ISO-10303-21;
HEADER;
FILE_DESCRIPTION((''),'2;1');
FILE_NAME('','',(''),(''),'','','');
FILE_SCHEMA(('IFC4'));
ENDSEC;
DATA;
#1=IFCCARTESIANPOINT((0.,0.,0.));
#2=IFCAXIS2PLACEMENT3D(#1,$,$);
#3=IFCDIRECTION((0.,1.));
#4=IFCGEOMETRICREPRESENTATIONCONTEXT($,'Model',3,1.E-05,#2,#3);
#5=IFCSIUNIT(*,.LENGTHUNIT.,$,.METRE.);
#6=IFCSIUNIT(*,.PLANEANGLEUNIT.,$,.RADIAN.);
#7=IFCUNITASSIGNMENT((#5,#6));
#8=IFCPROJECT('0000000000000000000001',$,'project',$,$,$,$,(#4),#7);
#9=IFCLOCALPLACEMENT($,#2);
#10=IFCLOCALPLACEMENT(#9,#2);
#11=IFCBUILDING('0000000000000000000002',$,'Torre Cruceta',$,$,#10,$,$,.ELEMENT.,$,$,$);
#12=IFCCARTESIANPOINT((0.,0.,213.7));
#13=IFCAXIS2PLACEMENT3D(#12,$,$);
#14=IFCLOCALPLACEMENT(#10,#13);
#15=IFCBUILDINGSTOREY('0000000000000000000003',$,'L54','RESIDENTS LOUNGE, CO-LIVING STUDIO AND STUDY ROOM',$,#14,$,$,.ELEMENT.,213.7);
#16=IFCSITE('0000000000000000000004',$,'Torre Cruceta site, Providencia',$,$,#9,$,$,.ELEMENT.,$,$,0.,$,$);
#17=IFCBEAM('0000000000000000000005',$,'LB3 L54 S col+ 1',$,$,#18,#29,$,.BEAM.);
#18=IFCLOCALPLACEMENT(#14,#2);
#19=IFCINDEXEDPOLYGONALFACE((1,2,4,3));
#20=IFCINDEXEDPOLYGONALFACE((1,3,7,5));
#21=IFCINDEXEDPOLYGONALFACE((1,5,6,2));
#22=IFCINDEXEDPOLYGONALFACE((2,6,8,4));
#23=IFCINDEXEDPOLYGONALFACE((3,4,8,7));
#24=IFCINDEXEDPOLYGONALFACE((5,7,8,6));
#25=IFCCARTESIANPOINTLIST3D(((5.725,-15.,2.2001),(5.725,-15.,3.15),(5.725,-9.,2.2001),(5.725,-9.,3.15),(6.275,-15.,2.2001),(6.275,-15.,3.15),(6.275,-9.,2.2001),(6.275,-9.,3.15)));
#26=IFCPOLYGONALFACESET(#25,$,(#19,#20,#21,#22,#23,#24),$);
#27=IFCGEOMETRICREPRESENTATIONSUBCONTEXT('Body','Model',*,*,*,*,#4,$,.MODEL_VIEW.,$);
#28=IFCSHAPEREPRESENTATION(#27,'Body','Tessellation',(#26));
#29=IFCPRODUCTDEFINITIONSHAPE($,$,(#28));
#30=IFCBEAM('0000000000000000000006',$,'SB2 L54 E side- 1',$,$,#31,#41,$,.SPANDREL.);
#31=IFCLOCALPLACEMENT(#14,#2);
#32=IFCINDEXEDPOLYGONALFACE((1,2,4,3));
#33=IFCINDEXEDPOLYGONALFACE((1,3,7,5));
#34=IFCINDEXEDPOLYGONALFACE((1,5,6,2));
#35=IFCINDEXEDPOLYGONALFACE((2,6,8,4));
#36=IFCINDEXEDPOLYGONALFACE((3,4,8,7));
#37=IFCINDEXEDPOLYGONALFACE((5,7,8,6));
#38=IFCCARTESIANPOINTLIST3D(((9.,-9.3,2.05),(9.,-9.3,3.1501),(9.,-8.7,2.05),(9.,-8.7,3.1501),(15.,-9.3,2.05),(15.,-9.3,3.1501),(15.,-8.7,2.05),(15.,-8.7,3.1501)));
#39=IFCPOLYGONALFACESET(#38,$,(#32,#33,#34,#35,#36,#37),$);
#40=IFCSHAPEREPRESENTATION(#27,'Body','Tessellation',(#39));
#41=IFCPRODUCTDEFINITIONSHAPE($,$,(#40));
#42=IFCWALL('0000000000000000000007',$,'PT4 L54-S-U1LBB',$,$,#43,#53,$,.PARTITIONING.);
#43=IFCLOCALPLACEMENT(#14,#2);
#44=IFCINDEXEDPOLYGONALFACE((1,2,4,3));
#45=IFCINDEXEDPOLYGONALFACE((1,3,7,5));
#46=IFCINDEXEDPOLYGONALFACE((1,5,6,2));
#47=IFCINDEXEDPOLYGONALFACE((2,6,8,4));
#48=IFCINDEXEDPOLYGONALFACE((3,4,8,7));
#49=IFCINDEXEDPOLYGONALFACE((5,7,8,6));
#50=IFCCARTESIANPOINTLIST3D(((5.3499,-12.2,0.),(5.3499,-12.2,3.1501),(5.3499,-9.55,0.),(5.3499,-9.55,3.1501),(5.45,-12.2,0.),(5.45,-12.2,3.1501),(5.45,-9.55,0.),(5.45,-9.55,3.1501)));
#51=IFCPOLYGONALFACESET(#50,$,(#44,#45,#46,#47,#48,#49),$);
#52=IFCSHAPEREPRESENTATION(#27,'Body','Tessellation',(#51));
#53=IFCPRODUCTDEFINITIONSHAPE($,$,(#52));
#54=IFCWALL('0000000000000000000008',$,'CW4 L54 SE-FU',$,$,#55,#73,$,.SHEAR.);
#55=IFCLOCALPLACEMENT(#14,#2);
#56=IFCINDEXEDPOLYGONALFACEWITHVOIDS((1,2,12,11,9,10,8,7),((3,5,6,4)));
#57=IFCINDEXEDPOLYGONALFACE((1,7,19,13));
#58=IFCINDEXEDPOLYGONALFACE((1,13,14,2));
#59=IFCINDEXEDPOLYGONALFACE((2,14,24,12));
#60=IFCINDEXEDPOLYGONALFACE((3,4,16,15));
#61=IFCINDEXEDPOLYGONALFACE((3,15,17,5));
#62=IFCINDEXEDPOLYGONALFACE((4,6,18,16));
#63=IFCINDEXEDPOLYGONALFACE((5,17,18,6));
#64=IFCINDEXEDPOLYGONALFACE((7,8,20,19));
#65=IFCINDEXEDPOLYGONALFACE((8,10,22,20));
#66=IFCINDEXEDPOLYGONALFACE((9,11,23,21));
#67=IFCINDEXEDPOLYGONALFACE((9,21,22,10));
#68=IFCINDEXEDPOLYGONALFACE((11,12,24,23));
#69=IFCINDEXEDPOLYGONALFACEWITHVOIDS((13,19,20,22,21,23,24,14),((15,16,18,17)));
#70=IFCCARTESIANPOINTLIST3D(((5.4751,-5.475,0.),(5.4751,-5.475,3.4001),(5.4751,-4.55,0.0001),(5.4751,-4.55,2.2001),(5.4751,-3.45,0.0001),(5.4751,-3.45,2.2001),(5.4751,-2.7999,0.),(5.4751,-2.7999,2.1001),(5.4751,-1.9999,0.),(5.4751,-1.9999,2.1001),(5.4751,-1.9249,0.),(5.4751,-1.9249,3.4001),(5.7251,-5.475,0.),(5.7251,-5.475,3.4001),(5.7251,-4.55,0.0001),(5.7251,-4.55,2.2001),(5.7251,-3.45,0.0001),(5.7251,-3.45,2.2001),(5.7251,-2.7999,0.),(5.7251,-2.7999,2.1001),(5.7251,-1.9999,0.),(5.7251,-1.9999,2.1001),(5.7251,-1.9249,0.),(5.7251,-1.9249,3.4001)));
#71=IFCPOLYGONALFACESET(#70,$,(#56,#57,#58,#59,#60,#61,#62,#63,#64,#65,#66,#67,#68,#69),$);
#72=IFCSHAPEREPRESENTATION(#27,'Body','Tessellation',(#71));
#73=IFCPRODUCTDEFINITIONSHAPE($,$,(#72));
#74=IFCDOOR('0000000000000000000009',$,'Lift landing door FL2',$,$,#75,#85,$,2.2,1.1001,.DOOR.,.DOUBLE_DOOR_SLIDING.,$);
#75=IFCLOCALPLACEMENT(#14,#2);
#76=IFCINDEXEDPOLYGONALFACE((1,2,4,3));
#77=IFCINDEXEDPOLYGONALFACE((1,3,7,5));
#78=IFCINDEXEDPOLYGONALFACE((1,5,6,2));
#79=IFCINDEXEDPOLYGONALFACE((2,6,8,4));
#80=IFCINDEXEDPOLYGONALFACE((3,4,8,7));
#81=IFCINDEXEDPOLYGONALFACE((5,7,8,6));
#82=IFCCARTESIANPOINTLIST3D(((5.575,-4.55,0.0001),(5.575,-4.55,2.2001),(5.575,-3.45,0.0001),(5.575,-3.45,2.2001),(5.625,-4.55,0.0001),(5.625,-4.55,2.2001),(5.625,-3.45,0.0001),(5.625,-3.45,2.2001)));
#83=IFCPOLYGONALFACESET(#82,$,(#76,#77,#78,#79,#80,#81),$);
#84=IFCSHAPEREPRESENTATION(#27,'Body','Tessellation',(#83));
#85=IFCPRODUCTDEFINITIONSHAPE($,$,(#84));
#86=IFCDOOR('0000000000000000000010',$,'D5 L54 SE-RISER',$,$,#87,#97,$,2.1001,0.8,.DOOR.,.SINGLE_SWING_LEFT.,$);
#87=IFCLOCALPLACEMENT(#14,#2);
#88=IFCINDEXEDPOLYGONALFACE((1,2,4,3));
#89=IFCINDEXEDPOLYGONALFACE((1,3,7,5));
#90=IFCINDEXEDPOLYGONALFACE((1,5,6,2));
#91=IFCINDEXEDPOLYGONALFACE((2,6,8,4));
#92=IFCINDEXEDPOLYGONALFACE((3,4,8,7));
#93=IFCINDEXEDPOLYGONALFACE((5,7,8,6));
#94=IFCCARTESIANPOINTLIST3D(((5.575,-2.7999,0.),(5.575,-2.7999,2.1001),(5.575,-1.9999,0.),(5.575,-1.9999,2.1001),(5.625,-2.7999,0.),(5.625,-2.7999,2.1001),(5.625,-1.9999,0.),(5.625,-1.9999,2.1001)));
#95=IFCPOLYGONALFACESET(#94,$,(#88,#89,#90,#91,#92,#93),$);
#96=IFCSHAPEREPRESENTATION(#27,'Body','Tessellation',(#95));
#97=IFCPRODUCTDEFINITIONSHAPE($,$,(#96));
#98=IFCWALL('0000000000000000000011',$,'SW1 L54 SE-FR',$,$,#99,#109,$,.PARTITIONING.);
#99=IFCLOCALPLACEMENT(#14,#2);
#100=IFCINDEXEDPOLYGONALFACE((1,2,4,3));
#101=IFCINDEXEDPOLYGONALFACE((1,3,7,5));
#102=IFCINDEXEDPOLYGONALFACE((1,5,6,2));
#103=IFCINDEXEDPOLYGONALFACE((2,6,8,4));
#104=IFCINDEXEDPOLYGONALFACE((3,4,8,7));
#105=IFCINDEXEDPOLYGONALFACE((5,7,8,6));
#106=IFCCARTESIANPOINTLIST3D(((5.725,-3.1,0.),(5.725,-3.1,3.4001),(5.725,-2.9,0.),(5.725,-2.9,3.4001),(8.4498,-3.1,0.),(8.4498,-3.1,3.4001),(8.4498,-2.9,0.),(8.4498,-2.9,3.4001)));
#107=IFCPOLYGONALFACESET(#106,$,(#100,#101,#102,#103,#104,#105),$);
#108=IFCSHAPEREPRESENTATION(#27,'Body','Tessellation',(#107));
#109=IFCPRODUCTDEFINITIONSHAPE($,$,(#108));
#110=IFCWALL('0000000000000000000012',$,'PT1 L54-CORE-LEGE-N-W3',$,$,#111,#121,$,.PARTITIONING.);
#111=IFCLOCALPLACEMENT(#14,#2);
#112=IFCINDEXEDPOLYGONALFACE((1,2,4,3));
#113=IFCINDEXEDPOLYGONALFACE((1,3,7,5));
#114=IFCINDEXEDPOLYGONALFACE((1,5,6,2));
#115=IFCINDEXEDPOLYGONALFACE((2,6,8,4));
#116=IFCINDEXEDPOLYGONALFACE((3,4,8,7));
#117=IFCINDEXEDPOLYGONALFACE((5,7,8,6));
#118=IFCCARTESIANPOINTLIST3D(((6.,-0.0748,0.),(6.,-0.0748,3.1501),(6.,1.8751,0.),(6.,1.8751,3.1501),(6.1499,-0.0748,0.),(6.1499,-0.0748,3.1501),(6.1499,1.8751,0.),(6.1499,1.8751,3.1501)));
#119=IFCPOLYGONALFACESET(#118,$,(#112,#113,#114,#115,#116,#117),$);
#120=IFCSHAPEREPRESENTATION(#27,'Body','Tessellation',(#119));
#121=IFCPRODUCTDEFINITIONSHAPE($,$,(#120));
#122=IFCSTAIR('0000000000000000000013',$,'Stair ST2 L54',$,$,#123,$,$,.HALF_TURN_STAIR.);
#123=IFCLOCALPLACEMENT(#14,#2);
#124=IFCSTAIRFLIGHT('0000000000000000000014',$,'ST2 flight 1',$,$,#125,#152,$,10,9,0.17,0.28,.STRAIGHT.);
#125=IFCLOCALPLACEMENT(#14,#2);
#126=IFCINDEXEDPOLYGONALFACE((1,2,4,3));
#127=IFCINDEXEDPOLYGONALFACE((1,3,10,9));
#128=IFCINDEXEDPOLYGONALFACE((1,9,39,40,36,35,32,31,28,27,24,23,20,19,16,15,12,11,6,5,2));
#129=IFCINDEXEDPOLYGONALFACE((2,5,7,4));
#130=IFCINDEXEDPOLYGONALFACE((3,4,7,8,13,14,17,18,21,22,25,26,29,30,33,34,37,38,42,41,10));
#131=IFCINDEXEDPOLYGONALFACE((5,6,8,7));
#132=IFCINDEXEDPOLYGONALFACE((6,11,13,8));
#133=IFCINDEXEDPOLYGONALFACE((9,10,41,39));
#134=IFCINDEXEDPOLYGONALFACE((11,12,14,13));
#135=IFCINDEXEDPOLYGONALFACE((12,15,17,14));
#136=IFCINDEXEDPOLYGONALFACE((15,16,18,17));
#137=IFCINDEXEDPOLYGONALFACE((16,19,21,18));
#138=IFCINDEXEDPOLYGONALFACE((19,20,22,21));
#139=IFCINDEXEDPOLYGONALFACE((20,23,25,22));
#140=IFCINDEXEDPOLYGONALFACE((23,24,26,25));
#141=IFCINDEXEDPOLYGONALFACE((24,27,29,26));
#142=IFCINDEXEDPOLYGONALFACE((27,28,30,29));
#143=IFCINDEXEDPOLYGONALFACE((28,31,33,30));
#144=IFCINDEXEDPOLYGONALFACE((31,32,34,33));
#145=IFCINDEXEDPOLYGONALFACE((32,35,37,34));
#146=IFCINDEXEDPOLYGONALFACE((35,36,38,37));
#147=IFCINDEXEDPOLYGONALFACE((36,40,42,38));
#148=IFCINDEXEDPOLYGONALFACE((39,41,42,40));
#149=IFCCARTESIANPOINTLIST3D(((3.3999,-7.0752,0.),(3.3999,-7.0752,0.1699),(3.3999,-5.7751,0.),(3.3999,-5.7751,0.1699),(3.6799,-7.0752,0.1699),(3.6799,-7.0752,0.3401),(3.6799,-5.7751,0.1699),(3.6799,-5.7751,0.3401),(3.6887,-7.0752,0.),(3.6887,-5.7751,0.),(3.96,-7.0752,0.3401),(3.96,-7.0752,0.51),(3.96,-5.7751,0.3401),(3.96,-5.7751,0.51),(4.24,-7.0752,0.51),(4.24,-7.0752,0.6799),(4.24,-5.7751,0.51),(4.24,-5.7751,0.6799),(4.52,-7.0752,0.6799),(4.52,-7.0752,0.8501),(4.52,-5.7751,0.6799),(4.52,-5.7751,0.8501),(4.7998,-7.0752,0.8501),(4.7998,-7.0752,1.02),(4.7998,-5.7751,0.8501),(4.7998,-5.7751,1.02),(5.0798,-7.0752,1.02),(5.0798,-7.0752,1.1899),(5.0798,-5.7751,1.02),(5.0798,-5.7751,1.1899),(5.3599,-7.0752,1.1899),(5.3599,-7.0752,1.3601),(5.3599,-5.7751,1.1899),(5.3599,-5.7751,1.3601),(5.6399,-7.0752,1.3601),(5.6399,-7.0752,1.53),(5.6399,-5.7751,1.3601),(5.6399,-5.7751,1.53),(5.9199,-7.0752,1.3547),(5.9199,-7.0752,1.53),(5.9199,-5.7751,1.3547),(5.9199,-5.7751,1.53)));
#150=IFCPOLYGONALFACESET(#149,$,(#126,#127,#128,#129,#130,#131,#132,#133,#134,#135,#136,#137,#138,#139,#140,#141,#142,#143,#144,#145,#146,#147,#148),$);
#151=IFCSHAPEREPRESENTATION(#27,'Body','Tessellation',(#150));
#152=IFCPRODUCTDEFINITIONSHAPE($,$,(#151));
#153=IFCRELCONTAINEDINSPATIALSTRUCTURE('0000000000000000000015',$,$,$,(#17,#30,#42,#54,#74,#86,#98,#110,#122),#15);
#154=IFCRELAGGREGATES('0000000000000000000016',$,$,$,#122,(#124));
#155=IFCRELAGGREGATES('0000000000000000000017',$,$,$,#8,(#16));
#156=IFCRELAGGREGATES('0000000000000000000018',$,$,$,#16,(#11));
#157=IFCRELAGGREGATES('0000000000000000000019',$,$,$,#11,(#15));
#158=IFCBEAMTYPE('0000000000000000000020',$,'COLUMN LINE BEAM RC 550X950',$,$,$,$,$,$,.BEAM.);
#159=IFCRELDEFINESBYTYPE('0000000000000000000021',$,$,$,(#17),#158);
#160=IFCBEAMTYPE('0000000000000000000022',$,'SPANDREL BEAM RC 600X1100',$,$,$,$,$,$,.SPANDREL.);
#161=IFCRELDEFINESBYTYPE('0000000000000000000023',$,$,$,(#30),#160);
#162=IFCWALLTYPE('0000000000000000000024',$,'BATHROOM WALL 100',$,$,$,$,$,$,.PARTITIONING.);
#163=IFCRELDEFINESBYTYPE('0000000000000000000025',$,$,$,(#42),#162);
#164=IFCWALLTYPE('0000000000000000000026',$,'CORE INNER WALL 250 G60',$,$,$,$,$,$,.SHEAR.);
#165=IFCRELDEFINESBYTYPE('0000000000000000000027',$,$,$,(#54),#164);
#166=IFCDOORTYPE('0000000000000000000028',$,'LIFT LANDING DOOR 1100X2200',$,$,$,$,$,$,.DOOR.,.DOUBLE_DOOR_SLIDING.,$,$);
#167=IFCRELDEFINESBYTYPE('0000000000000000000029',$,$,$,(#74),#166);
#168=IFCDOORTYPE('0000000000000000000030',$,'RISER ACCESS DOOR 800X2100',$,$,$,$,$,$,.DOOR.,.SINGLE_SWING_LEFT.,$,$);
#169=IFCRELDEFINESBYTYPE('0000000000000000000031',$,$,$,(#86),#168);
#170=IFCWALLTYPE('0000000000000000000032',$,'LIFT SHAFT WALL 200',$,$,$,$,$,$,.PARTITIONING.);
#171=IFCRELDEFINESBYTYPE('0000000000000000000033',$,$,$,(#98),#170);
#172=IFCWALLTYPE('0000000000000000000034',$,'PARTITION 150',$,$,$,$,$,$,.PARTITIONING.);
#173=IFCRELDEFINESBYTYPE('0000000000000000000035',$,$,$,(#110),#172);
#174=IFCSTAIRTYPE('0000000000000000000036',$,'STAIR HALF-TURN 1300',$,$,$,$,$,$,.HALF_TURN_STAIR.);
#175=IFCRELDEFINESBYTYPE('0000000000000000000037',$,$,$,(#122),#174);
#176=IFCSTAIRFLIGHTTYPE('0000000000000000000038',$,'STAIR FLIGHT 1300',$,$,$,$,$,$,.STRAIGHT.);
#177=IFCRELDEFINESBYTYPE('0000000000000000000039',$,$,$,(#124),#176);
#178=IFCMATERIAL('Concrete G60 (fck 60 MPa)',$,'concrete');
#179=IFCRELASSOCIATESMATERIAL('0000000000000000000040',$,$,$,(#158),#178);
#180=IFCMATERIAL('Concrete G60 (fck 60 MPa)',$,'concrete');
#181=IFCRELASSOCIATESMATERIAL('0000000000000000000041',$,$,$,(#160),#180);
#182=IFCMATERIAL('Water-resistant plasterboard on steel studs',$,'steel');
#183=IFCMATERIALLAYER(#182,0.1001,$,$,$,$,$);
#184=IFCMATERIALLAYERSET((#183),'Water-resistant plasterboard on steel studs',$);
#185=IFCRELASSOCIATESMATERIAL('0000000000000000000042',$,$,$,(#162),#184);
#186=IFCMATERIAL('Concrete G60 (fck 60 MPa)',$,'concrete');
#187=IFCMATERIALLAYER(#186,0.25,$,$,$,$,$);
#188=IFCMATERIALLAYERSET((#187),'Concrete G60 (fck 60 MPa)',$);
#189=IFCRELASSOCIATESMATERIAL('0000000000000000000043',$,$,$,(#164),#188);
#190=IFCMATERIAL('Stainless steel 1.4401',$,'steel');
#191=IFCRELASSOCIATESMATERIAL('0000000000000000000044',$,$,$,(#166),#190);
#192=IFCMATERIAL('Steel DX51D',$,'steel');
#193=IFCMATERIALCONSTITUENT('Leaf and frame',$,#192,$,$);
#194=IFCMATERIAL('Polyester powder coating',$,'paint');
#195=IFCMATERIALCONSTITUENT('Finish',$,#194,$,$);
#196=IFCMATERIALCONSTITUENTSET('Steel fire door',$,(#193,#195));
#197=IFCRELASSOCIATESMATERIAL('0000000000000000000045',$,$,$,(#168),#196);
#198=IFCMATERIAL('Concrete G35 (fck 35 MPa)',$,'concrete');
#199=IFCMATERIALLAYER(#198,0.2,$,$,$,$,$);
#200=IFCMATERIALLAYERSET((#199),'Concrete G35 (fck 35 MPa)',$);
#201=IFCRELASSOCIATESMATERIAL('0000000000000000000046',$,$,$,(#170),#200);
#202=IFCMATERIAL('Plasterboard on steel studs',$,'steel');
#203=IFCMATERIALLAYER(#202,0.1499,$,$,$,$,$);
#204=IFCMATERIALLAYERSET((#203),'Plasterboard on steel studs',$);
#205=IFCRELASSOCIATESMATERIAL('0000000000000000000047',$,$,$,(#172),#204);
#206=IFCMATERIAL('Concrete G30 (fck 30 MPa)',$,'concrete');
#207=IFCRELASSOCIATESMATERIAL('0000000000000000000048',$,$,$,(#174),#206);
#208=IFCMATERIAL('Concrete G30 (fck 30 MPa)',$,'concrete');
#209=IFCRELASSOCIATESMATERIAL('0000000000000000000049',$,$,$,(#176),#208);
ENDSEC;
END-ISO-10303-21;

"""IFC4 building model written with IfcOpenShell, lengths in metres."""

from ifc_helpers import new_model, si_unit, direction, frame, frame_2d, origin, origin_2d, place, context, subcontext, project, spatial, polyline, rectangle, outline, extrude, material, layer, layer_set, constituent, constituent_set, material_profile, profile_set, type_object, element, fill, aggregate, save


model = new_model("IFC4")

# Units and contexts
model_context = context("Model", 3, precision=1e-05, world=origin(), true_north=direction((0.0, 1.0)))
body_context = subcontext(model_context, "Body", "Model", "MODEL_VIEW")
ifc_project = project(units=[si_unit("LENGTHUNIT", "METRE"), si_unit("PLANEANGLEUNIT", "RADIAN")], contexts=[model_context])

# Site, building, storey
site_placement = place(None, origin())
site = spatial("IfcSite", under=ifc_project, at=site_placement, Name="Torre Cruceta site, Providencia", CompositionType="ELEMENT", RefElevation=0.0)
building_placement = place(site_placement, origin())
building = spatial("IfcBuilding", under=site, at=building_placement, Name="Torre Cruceta", CompositionType="ELEMENT")
storey_placement = place(building_placement, frame((0.0, 0.0, 213.7)))
storey = spatial("IfcBuildingStorey", under=building, at=storey_placement, Name="L54", Description="RESIDENTS LOUNGE, CO-LIVING STUDIO AND STUDY ROOM", CompositionType="ELEMENT", Elevation=213.7)

# Beams
ifc_material_1 = material(Name="Concrete G60 (fck 60 MPa)", Category="concrete")
ifc_material_profile_1 = material_profile(ifc_material_1, rectangle(XDim=0.55, YDim=0.95, at=origin_2d()), Name="RC 550X950")
ifc_profile_set_1 = profile_set([ifc_material_profile_1], Name="Concrete G60 (fck 60 MPa)")
beam_type_1 = type_object("IfcBeamType", Name="COLUMN LINE BEAM RC 550X950", PredefinedType="BEAM", material=ifc_profile_set_1)
beam_1_placement = place(storey_placement, frame((6.0, -9.0, 2.675), z_axis=(0.0, -1.0, 0.0), x_axis=(1.0, 0.0, 0.0)))
element("IfcBeam", 1, at=beam_1_placement, inside=storey, type_object=beam_type_1, Name="LB3 L54 S col+ 1", PredefinedType="BEAM", context=body_context, shape_type="SweptSolid", body=[
    extrude(rectangle(XDim=0.55, YDim=0.95, at=origin_2d()), origin(), (0.0, 0.0, 1.0), 6.0),
])
ifc_material_2 = material(Name="Concrete G60 (fck 60 MPa)", Category="concrete")
ifc_material_profile_2 = material_profile(ifc_material_2, rectangle(XDim=0.6001, YDim=1.1001, at=origin_2d()), Name="RC 600X1100")
ifc_profile_set_2 = profile_set([ifc_material_profile_2], Name="Concrete G60 (fck 60 MPa)")
beam_type_2 = type_object("IfcBeamType", Name="SPANDREL BEAM RC 600X1100", PredefinedType="SPANDREL", material=ifc_profile_set_2)
beam_2_placement = place(storey_placement, frame((9.0, -9.0, 2.6001), z_axis=(1.0, 0.0, 0.0), x_axis=(0.0, 1.0, 0.0)))
element("IfcBeam", 2, at=beam_2_placement, inside=storey, type_object=beam_type_2, Name="SB2 L54 E side- 1", PredefinedType="SPANDREL", context=body_context, shape_type="SweptSolid", body=[
    extrude(rectangle(XDim=0.6001, YDim=1.1001, at=origin_2d()), origin(), (0.0, 0.0, 1.0), 6.0),
])

# Wall
ifc_material_3 = material(Name="Water-resistant plasterboard on steel studs", Category="steel")
ifc_layer_1 = layer(ifc_material_3, 0.1001)
ifc_layer_set_1 = layer_set([ifc_layer_1], Name="Water-resistant plasterboard on steel studs")
wall_type_1 = type_object("IfcWallType", Name="BATHROOM WALL 100", PredefinedType="PARTITIONING", material=ifc_layer_set_1)
wall_1_placement = place(storey_placement, frame((5.3999, -9.55, 0.0), z_axis=(0.0, 0.0, 1.0), x_axis=(0.0, -1.0, 0.0)))
element("IfcWall", 3, at=wall_1_placement, inside=storey, type_object=wall_type_1, Name="PT4 L54-S-U1LBB", PredefinedType="PARTITIONING", context=body_context, shape_type="SweptSolid", body=[
    extrude(rectangle(XDim=2.6499, YDim=0.1001, at=frame_2d((1.325, 0.0))), origin(), (0.0, 0.0, 1.0), 3.1501),
])

# Wall, openings, doors
ifc_material_4 = material(Name="Concrete G60 (fck 60 MPa)", Category="concrete")
ifc_layer_2 = layer(ifc_material_4, 0.25)
ifc_layer_set_2 = layer_set([ifc_layer_2], Name="Concrete G60 (fck 60 MPa)")
wall_type_2 = type_object("IfcWallType", Name="CORE INNER WALL 250 G60", PredefinedType="SHEAR", material=ifc_layer_set_2)
wall_2_placement = place(storey_placement, frame((5.6001, -1.925, 0.0), z_axis=(0.0, 0.0, 1.0), x_axis=(0.0, -1.0, 0.0)))
wall_2 = element("IfcWall", 4, at=wall_2_placement, inside=storey, type_object=wall_type_2, Name="CW4 L54 SE-FU", PredefinedType="SHEAR", context=body_context, shape_type="SweptSolid", body=[
    extrude(rectangle(XDim=3.55, YDim=0.25, at=frame_2d((1.7749, 0.0))), origin(), (0.0, 0.0, 1.0), 3.4001),
])
opening_1_placement = place(wall_2_placement, frame((1.5249, 0.0, 0.0)))
opening_1 = element("IfcOpeningElement", 5, at=opening_1_placement, cuts=wall_2, PredefinedType="OPENING", context=body_context, shape_type="SweptSolid", body=[
    extrude(rectangle(XDim=1.1001, YDim=2.2, at=frame_2d((0.55, 1.1001))), frame((0.0, 0.135, 0.0), z_axis=(0.0, -1.0, 0.0), x_axis=(1.0, 0.0, 0.0)), (0.0, 0.0, 1.0), 0.27),
])
opening_2_placement = place(wall_2_placement, frame((0.075, 0.0, 0.0)))
opening_2 = element("IfcOpeningElement", 6, at=opening_2_placement, cuts=wall_2, PredefinedType="OPENING", context=body_context, shape_type="SweptSolid", body=[
    extrude(rectangle(XDim=0.8, YDim=2.1001, at=frame_2d((0.3999, 1.05))), frame((0.0, 0.135, 0.0), z_axis=(0.0, -1.0, 0.0), x_axis=(1.0, 0.0, 0.0)), (0.0, 0.0, 1.0), 0.27),
])
ifc_material_5 = material(Name="Stainless steel 1.4401", Category="steel")
door_type_1 = type_object("IfcDoorType", Name="LIFT LANDING DOOR 1100X2200", OperationType="DOUBLE_DOOR_SLIDING", PredefinedType="DOOR", material=ifc_material_5)
door_1_placement = place(opening_1_placement, origin())
door_1 = element("IfcDoor", 7, at=door_1_placement, inside=storey, type_object=door_type_1, Name="Lift landing door FL2", OperationType="DOUBLE_DOOR_SLIDING", OverallHeight=2.2, OverallWidth=1.1001, PredefinedType="DOOR", context=body_context, shape_type="SweptSolid", body=[
    extrude(rectangle(XDim=1.1001, YDim=2.2, at=frame_2d((0.55, 1.1001))), frame((0.0, 0.0249, 0.0), z_axis=(0.0, -1.0, 0.0), x_axis=(1.0, 0.0, 0.0)), (0.0, 0.0, 1.0), 0.05),
])
fill(opening_1, door_1)
ifc_material_6 = material(Name="Steel DX51D", Category="steel")
ifc_constituent_1 = constituent(ifc_material_6, Name="Leaf and frame")
ifc_material_7 = material(Name="Polyester powder coating", Category="paint")
ifc_constituent_2 = constituent(ifc_material_7, Name="Finish")
ifc_constituent_set_1 = constituent_set(constituents=[ifc_constituent_1, ifc_constituent_2], Name="Steel fire door")
door_type_2 = type_object("IfcDoorType", Name="RISER ACCESS DOOR 800X2100", OperationType="SINGLE_SWING_LEFT", PredefinedType="DOOR", material=ifc_constituent_set_1)
door_2_placement = place(opening_2_placement, origin())
door_2 = element("IfcDoor", 8, at=door_2_placement, inside=storey, type_object=door_type_2, Name="D5 L54 SE-RISER", OperationType="SINGLE_SWING_LEFT", OverallHeight=2.1001, OverallWidth=0.8, PredefinedType="DOOR", context=body_context, shape_type="SweptSolid", body=[
    extrude(rectangle(XDim=0.8, YDim=2.1001, at=frame_2d((0.3999, 1.05))), frame((0.0, 0.0249, 0.0), z_axis=(0.0, -1.0, 0.0), x_axis=(1.0, 0.0, 0.0)), (0.0, 0.0, 1.0), 0.05),
])
fill(opening_2, door_2)

# Walls
ifc_material_8 = material(Name="Concrete G35 (fck 35 MPa)", Category="concrete")
ifc_layer_3 = layer(ifc_material_8, 0.2)
ifc_layer_set_3 = layer_set([ifc_layer_3], Name="Concrete G35 (fck 35 MPa)")
wall_type_3 = type_object("IfcWallType", Name="LIFT SHAFT WALL 200", PredefinedType="PARTITIONING", material=ifc_layer_set_3)
wall_3_placement = place(storey_placement, frame((5.7251, -3.0, 0.0), z_axis=(0.0, 0.0, 1.0), x_axis=(1.0, 0.0, 0.0)))
element("IfcWall", 9, at=wall_3_placement, inside=storey, type_object=wall_type_3, Name="SW1 L54 SE-FR", PredefinedType="PARTITIONING", context=body_context, shape_type="SweptSolid", body=[
    extrude(rectangle(XDim=2.7249, YDim=0.2, at=frame_2d((1.3623, 0.0))), origin(), (0.0, 0.0, 1.0), 3.4001),
])
ifc_material_9 = material(Name="Plasterboard on steel studs", Category="steel")
ifc_layer_4 = layer(ifc_material_9, 0.1499)
ifc_layer_set_4 = layer_set([ifc_layer_4], Name="Plasterboard on steel studs")
wall_type_4 = type_object("IfcWallType", Name="PARTITION 150", PredefinedType="PARTITIONING", material=ifc_layer_set_4)
wall_4_placement = place(storey_placement, frame((6.075, -0.075, 0.0), z_axis=(0.0, 0.0, 1.0), x_axis=(0.0, 1.0, 0.0)))
element("IfcWall", 10, at=wall_4_placement, inside=storey, type_object=wall_type_4, Name="PT1 L54-CORE-LEGE-N-W3", PredefinedType="PARTITIONING", context=body_context, shape_type="SweptSolid", body=[
    extrude(rectangle(XDim=1.95, YDim=0.1499, at=frame_2d((0.9751, 0.0))), origin(), (0.0, 0.0, 1.0), 3.1501),
])

# Stair, stair flight
ifc_material_10 = material(Name="Concrete G30 (fck 30 MPa)", Category="concrete")
stair_type = type_object("IfcStairType", Name="STAIR HALF-TURN 1300", PredefinedType="HALF_TURN_STAIR", material=ifc_material_10)
stair_placement = place(storey_placement, origin())
stair = element("IfcStair", 11, at=stair_placement, inside=storey, type_object=stair_type, Name="Stair ST2 L54", PredefinedType="HALF_TURN_STAIR")
ifc_material_11 = material(Name="Concrete G30 (fck 30 MPa)", Category="concrete")
stair_flight_type = type_object("IfcStairFlightType", Name="STAIR FLIGHT 1300", PredefinedType="STRAIGHT", material=ifc_material_11)
stair_flight_1_placement = place(storey_placement, frame((3.3999, -6.425, 0.0), z_axis=(0.0, 0.0, 1.0), x_axis=(1.0, 0.0, 0.0)))
stair_flight_1 = element("IfcStairFlight", 12, at=stair_flight_1_placement, type_object=stair_flight_type, Name="ST2 flight 1", NumberOfRisers=10, NumberOfTreads=9, PredefinedType="STRAIGHT", RiserHeight=0.17, TreadLength=0.28, context=body_context, shape_type="SweptSolid", body=[
    extrude(outline(polyline([(0.0, 0.0), (0.0, 0.1699), (0.28, 0.1699), (0.28, 0.3401), (0.5601, 0.3401), (0.5601, 0.51), (0.8401, 0.51), (0.8401, 0.6799), (1.1201, 0.6799), (1.1201, 0.8501), (1.3999, 0.8501), (1.3999, 1.02), (1.6799, 1.02), (1.6799, 1.1899), (1.96, 1.1899), (1.96, 1.3601), (2.24, 1.3601), (2.24, 1.53), (2.52, 1.53), (2.52, 1.7), (2.52, 1.3547), (0.2888, 0.0), (0.0, 0.0)])), frame((0.0, 0.6499, 0.0), z_axis=(0.0, -1.0, 0.0), x_axis=(1.0, 0.0, 0.0)), (0.0, 0.0, 1.0), 1.3),
])
aggregate(stair, [stair_flight_1])

save(model, "model.ifc")
